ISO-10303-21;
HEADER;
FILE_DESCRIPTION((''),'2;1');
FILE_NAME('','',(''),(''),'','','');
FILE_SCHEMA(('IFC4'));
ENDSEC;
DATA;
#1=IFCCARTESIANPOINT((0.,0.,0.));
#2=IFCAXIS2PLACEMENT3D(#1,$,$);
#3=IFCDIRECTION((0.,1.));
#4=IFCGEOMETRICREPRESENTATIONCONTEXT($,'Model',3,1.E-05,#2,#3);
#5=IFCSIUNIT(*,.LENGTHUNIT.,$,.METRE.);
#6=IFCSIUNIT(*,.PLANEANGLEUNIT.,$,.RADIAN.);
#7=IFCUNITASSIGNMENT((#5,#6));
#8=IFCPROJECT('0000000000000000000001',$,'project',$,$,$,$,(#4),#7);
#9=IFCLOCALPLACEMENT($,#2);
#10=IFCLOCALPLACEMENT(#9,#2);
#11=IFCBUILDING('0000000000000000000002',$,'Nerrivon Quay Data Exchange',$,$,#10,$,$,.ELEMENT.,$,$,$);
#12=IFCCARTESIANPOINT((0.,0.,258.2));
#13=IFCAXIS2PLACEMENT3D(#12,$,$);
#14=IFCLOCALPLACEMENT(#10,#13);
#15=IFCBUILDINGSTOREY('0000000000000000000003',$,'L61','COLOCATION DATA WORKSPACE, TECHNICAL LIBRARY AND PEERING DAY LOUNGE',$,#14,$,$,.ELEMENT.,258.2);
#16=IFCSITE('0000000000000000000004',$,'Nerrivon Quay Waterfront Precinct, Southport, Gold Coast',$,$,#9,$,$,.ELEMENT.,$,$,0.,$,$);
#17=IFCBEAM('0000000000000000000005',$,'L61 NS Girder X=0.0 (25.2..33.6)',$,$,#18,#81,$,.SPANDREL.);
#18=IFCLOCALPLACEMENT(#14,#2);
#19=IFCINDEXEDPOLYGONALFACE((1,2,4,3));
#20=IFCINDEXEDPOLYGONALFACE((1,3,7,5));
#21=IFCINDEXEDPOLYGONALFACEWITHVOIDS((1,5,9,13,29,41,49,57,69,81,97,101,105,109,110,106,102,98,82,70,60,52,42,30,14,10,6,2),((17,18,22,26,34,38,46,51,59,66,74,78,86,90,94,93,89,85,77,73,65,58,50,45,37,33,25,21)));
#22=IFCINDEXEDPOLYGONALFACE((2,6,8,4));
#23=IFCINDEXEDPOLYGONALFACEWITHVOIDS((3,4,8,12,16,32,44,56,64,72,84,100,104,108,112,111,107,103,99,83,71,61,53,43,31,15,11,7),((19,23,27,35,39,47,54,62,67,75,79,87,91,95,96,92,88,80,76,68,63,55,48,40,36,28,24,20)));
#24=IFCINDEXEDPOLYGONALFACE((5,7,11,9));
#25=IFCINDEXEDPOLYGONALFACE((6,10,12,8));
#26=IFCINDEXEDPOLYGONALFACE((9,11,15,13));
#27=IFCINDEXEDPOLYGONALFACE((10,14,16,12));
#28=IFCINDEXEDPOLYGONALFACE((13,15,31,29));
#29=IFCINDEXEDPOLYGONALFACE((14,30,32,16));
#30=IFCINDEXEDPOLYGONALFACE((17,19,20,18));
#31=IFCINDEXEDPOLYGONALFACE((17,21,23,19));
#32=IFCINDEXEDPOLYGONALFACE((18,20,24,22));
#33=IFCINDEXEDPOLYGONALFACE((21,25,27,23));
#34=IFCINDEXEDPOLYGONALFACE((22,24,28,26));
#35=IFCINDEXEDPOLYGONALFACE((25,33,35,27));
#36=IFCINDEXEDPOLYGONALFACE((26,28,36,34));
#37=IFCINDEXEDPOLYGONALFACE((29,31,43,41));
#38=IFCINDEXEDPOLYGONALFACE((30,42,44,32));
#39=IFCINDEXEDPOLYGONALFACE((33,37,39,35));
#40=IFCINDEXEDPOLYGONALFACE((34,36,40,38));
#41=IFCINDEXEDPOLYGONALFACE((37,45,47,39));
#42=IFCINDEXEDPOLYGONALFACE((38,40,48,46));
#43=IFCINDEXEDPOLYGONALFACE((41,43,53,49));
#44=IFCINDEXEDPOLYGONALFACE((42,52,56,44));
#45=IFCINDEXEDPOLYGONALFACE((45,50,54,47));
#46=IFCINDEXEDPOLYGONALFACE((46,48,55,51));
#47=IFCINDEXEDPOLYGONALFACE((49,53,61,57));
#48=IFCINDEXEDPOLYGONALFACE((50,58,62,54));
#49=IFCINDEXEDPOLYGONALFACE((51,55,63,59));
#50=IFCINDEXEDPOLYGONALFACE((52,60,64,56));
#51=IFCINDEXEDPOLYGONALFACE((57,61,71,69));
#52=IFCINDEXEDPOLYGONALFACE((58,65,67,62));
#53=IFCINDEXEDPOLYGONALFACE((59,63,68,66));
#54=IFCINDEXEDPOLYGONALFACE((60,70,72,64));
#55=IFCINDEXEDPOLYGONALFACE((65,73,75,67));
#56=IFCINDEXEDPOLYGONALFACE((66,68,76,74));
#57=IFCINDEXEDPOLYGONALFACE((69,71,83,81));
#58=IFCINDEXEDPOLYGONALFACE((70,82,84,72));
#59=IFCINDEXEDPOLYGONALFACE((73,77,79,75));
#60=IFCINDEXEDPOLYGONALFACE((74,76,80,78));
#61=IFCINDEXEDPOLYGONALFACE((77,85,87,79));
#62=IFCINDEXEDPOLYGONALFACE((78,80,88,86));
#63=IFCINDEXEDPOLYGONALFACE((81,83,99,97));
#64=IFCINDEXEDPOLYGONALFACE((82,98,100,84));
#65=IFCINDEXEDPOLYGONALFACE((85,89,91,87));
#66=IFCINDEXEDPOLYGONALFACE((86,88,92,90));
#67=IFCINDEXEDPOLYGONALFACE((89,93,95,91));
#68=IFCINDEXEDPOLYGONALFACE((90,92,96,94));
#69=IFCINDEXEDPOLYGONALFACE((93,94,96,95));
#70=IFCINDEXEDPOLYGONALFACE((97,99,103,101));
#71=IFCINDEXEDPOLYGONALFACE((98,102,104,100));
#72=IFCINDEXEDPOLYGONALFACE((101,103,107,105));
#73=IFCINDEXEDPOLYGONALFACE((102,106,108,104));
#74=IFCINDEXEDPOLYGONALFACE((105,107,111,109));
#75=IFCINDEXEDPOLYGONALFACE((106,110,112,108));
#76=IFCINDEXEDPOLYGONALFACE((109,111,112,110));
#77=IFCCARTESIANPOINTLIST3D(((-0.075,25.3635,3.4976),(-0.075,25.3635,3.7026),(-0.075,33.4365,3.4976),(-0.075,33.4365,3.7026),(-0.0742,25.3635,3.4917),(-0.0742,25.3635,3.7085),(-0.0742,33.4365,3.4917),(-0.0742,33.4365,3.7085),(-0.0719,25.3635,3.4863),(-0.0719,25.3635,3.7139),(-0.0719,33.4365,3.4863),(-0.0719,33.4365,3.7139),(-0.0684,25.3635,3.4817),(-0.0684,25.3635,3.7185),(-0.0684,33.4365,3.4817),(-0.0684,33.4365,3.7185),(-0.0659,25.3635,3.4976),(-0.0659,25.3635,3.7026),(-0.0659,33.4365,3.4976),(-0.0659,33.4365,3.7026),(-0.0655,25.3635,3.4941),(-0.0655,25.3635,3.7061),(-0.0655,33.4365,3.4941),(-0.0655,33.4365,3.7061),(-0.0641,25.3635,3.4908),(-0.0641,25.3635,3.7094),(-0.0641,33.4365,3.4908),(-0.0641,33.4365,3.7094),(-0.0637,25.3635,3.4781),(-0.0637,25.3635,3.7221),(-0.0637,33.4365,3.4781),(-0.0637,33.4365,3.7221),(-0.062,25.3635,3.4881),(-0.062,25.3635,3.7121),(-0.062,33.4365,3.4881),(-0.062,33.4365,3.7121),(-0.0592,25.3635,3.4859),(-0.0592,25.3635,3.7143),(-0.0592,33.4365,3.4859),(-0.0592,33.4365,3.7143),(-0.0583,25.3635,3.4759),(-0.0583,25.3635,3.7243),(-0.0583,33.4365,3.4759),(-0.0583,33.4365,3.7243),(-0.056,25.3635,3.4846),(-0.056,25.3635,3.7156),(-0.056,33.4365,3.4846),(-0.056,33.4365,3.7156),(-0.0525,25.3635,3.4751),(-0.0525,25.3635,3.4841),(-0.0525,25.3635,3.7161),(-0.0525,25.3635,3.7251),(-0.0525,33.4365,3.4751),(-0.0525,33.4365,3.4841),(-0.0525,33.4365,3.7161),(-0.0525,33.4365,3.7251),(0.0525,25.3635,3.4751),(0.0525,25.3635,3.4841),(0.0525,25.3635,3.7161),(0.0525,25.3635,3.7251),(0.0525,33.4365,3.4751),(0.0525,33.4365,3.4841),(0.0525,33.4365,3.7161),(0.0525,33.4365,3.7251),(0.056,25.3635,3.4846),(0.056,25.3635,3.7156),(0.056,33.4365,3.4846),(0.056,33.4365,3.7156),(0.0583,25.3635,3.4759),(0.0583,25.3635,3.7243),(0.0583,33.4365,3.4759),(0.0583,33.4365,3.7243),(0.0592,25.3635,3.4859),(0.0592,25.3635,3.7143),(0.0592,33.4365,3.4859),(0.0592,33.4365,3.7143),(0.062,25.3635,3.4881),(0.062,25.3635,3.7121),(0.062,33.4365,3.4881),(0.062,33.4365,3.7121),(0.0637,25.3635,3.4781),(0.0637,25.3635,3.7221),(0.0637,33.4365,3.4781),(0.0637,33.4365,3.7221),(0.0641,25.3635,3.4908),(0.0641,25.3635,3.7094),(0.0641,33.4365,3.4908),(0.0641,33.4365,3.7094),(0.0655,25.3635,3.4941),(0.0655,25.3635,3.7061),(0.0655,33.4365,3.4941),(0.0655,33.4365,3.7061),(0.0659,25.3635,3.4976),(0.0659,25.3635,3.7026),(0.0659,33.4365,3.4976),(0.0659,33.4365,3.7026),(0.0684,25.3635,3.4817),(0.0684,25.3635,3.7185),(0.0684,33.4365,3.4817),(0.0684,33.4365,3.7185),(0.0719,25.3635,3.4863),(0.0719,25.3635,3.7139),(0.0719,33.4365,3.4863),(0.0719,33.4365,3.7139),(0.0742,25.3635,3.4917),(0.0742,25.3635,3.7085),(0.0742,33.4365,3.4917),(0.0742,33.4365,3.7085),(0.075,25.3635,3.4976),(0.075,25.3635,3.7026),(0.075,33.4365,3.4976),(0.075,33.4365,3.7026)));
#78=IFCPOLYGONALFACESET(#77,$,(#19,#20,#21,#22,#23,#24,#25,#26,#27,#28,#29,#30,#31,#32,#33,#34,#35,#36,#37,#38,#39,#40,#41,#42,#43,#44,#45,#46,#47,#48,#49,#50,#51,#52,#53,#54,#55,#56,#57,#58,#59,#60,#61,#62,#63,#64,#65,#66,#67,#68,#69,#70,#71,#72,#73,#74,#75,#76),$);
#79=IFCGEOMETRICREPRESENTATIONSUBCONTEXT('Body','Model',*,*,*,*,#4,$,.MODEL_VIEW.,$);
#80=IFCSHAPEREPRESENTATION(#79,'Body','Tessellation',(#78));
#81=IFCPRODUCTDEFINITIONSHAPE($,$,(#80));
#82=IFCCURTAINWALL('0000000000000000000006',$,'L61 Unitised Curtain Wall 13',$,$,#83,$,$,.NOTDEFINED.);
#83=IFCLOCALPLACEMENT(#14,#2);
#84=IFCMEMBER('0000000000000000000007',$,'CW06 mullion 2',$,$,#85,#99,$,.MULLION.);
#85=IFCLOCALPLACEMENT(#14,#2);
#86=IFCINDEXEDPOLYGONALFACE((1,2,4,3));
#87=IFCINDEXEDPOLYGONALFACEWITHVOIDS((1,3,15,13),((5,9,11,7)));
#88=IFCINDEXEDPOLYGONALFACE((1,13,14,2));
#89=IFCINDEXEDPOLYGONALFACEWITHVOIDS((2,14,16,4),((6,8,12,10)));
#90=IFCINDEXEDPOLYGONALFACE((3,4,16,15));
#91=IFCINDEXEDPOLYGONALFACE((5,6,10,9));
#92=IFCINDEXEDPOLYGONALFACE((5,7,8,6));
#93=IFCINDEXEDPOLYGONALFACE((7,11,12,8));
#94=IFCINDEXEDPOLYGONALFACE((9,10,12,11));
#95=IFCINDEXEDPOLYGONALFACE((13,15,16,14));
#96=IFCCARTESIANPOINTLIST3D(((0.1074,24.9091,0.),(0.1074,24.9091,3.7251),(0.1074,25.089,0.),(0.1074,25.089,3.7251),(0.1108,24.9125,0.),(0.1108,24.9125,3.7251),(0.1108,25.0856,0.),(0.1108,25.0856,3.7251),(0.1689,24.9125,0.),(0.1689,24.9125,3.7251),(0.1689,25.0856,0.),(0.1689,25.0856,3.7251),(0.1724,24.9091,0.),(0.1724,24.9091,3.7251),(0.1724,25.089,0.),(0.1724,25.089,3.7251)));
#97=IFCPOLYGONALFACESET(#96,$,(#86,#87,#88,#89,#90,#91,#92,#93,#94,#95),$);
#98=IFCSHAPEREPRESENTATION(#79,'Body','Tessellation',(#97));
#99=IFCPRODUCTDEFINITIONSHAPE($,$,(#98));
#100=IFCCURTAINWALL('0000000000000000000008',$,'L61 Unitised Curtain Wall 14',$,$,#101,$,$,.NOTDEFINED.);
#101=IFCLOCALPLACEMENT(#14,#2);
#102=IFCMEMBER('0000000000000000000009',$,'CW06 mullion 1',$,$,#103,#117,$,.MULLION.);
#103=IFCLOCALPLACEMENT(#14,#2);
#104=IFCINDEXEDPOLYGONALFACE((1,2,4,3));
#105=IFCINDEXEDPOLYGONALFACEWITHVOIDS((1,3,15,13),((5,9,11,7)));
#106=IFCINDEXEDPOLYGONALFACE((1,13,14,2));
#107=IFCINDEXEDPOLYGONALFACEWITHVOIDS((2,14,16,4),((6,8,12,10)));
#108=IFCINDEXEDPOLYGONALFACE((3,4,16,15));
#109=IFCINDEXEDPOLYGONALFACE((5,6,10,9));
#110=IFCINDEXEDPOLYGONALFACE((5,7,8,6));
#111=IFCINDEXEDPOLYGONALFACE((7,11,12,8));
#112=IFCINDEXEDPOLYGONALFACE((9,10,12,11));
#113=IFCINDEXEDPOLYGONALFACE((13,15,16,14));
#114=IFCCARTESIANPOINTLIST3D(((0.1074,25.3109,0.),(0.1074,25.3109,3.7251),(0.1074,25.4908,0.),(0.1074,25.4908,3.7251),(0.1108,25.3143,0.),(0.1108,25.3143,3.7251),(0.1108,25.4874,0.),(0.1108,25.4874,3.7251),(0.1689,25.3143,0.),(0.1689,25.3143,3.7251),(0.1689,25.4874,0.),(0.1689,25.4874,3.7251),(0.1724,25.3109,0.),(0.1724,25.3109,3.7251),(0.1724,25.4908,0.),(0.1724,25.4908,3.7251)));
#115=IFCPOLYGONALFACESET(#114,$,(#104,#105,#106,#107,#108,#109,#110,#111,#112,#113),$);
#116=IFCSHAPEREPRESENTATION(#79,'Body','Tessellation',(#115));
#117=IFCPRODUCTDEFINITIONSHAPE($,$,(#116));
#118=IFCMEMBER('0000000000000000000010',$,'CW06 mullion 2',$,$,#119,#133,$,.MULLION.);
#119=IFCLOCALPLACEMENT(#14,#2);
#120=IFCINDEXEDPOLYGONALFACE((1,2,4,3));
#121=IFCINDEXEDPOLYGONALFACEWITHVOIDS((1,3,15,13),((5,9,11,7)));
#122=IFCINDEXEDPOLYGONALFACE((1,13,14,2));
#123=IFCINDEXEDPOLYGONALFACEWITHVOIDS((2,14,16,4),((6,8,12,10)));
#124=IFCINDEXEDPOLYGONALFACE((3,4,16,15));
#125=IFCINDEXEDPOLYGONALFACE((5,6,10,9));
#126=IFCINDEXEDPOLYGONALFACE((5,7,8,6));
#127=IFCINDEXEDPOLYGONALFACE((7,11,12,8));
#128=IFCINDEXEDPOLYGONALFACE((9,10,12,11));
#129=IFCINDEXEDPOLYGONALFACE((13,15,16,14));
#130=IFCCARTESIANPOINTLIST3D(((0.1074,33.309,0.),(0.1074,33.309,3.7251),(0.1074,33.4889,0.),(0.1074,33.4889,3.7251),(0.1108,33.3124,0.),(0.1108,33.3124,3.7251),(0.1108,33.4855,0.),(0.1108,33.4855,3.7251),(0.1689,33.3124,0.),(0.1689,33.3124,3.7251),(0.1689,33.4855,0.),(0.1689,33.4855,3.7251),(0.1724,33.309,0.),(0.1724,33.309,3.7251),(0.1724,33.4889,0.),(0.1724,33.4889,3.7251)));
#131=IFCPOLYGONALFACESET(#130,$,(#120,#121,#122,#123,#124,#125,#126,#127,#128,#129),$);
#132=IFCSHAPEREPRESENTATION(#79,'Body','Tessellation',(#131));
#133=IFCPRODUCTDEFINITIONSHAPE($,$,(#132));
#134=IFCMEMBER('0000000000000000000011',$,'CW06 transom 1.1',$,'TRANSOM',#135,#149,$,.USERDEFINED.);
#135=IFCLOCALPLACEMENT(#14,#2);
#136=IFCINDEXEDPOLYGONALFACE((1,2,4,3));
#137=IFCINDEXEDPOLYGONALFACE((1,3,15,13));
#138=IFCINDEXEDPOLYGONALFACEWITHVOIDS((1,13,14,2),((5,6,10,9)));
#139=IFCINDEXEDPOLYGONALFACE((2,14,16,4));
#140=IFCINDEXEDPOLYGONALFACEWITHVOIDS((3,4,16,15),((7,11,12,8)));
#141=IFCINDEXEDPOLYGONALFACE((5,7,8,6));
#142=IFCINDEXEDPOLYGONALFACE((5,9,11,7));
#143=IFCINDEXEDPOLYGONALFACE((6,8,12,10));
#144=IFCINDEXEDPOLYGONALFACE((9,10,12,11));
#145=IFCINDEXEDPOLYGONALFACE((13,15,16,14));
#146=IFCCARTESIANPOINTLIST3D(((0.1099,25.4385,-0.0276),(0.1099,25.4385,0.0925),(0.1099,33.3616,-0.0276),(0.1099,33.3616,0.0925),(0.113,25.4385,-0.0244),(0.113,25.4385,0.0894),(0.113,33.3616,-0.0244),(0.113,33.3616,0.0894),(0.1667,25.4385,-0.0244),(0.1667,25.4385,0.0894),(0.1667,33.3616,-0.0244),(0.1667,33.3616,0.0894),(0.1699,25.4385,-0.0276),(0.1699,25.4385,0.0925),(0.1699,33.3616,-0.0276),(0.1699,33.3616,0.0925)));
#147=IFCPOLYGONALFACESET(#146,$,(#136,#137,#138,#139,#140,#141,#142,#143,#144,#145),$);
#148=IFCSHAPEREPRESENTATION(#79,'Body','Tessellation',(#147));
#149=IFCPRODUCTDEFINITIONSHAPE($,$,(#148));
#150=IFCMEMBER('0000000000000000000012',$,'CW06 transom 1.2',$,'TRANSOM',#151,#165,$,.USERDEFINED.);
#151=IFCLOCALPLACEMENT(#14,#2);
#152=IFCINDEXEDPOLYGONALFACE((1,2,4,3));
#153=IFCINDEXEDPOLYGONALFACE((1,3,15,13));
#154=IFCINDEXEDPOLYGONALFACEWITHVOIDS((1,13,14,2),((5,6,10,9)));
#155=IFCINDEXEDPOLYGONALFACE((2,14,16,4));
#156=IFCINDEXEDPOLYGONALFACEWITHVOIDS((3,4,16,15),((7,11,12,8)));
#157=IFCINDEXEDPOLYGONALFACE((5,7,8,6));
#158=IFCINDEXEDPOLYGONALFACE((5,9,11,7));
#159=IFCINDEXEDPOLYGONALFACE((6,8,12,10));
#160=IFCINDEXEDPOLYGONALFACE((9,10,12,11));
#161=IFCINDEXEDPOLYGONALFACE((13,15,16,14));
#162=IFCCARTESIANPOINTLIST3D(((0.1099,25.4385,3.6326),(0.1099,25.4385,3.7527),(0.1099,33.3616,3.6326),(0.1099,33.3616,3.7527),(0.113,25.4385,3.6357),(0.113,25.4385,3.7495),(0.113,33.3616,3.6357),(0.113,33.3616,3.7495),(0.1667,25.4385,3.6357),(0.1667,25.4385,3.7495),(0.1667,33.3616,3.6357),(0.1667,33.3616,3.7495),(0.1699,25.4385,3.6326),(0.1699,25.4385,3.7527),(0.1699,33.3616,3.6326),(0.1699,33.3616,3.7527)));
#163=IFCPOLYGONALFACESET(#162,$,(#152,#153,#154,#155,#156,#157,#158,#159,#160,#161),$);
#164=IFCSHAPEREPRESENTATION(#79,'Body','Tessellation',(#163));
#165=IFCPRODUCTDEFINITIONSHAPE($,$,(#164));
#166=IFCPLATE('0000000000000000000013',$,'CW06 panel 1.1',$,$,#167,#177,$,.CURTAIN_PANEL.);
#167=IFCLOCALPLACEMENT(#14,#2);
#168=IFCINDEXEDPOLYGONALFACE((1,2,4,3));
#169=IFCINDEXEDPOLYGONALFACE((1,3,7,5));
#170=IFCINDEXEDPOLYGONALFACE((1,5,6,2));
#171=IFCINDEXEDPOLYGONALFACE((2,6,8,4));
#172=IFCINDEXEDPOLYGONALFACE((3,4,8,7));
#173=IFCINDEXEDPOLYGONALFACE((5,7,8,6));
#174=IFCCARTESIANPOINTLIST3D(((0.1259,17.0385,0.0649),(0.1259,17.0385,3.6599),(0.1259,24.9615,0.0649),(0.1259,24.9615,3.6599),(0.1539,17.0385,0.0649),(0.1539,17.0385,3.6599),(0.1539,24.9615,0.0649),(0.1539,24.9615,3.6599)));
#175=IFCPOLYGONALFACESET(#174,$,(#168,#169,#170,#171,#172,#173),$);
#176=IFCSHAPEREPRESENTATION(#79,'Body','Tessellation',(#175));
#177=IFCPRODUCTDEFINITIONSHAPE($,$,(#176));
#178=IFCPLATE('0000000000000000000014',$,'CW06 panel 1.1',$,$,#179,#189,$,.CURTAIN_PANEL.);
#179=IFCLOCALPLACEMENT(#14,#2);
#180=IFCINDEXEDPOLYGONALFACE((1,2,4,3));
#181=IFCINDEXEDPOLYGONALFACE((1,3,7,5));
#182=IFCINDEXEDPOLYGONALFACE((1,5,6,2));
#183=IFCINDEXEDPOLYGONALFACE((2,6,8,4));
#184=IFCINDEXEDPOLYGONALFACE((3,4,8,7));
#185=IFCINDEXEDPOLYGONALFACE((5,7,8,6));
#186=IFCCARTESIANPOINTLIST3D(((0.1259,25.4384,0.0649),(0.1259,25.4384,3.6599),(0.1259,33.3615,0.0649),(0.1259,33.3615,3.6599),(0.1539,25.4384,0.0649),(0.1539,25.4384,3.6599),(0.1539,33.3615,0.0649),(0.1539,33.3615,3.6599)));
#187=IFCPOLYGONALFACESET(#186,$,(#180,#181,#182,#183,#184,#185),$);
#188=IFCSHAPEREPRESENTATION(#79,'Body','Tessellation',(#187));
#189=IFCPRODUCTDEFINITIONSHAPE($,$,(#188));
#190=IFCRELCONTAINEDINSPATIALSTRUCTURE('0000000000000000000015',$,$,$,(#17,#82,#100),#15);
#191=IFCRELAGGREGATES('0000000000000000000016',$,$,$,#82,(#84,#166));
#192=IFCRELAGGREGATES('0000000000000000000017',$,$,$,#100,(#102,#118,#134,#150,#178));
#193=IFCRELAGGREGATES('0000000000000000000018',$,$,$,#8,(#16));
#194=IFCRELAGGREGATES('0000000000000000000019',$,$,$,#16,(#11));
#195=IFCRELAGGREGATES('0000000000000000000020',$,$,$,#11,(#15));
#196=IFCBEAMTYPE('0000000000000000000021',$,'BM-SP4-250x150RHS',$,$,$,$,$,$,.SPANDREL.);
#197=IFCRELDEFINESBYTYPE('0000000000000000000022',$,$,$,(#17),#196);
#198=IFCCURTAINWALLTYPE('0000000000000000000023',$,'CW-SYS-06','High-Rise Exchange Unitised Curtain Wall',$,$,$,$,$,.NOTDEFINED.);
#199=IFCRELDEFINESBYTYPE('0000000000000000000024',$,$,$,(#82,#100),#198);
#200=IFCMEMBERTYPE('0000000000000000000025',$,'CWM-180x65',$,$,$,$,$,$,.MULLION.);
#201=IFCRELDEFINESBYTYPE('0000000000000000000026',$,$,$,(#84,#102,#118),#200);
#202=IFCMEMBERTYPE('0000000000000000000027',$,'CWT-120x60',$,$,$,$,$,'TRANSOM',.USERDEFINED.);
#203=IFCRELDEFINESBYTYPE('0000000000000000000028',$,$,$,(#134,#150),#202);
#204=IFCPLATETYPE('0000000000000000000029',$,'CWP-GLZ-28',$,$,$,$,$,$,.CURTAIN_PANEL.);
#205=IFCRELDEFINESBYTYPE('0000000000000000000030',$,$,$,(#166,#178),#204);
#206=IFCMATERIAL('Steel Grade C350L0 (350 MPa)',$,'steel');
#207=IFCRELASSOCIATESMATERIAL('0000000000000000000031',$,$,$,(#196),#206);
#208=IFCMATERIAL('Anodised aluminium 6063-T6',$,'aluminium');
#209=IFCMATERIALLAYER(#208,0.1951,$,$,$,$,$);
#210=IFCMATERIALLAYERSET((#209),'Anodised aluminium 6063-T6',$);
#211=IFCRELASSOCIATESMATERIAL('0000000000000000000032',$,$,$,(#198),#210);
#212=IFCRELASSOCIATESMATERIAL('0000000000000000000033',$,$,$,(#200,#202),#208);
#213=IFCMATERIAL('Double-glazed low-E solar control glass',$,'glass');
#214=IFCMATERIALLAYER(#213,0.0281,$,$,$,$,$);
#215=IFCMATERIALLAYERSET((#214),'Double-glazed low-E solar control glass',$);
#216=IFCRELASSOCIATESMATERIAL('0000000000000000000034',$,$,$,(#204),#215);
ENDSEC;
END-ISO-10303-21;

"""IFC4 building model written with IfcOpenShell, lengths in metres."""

from ifc_helpers import new_model, si_unit, direction, frame, origin, origin_2d, place, context, subcontext, project, spatial, rectangle, hollow_rectangle, extrude, material, layer, layer_set, material_profile, profile_set, type_object, element, aggregate, save


model = new_model("IFC4")

# Units and contexts
model_context = context("Model", 3, precision=1e-05, world=origin(), true_north=direction((0.0, 1.0)))
body_context = subcontext(model_context, "Body", "Model", "MODEL_VIEW")
ifc_project = project(units=[si_unit("LENGTHUNIT", "METRE"), si_unit("PLANEANGLEUNIT", "RADIAN")], contexts=[model_context])

# Site, building, storey
site_placement = place(None, origin())
site = spatial("IfcSite", under=ifc_project, at=site_placement, Name="Nerrivon Quay Waterfront Precinct, Southport, Gold Coast", CompositionType="ELEMENT", RefElevation=0.0)
building_placement = place(site_placement, origin())
building = spatial("IfcBuilding", under=site, at=building_placement, Name="Nerrivon Quay Data Exchange", CompositionType="ELEMENT")
storey_placement = place(building_placement, frame((0.0, 0.0, 258.2)))
storey = spatial("IfcBuildingStorey", under=building, at=storey_placement, Name="L61", Description="COLOCATION DATA WORKSPACE, TECHNICAL LIBRARY AND PEERING DAY LOUNGE", CompositionType="ELEMENT", Elevation=258.2)

# Beam
ifc_material_1 = material(Name="Steel Grade C350L0 (350 MPa)", Category="steel")
ifc_material_profile_1 = material_profile(ifc_material_1, hollow_rectangle(XDim=0.1499, YDim=0.25, WallThickness=0.009, InnerFilletRadius=0.0134, OuterFilletRadius=0.0225, at=origin_2d()), Name="250x150x9.0RHS")
ifc_profile_set_1 = profile_set([ifc_material_profile_1], Name="Steel Grade C350L0 (350 MPa)")
beam_type_1 = type_object("IfcBeamType", Name="BM-SP4-250x150RHS", PredefinedType="SPANDREL", material=ifc_profile_set_1)
beam_1_placement = place(storey_placement, frame((0.0, 25.3635, 3.6001), z_axis=(0.0, 1.0, 0.0), x_axis=(-1.0, 0.0, 0.0)))
element("IfcBeam", 1, at=beam_1_placement, inside=storey, type_object=beam_type_1, Name="L61 NS Girder X=0.0 (25.2..33.6)", PredefinedType="SPANDREL", context=body_context, shape_type="SweptSolid", body=[
    extrude(hollow_rectangle(XDim=0.1499, YDim=0.25, WallThickness=0.009, InnerFilletRadius=0.0134, OuterFilletRadius=0.0225, at=origin_2d()), origin(), (0.0, 0.0, 1.0), 8.073),
])

# Curtain wall, member
ifc_material_2 = material(Name="Anodised aluminium 6063-T6", Category="aluminium")
ifc_layer_1 = layer(ifc_material_2, 0.1951)
ifc_layer_set_1 = layer_set([ifc_layer_1], Name="Anodised aluminium 6063-T6")
curtain_wall_type = type_object("IfcCurtainWallType", Name="CW-SYS-06", Description="High-Rise Exchange Unitised Curtain Wall", PredefinedType="NOTDEFINED", material=ifc_layer_set_1)
curtain_wall_1_placement = place(storey_placement, origin())
curtain_wall_1 = element("IfcCurtainWall", 2, at=curtain_wall_1_placement, inside=storey, type_object=curtain_wall_type, Name="L61 Unitised Curtain Wall 13", PredefinedType="NOTDEFINED")
ifc_material_profile_2 = material_profile(ifc_material_2, hollow_rectangle(XDim=0.0649, YDim=0.1799, WallThickness=0.0034, at=origin_2d()), Name="ALU-MULL-180x65")
ifc_profile_set_2 = profile_set([ifc_material_profile_2], Name="Anodised aluminium 6063-T6")
member_type_1 = type_object("IfcMemberType", Name="CWM-180x65", PredefinedType="MULLION", material=ifc_profile_set_2)
member_1_placement = place(storey_placement, frame((0.1399, 24.999, 0.0), z_axis=(0.0, 0.0, 1.0), x_axis=(-1.0, 0.0, 0.0)))
member_1 = element("IfcMember", 3, at=member_1_placement, type_object=member_type_1, Name="CW06 mullion 2", PredefinedType="MULLION", context=body_context, shape_type="SweptSolid", body=[
    extrude(hollow_rectangle(XDim=0.0649, YDim=0.1799, WallThickness=0.0034, at=origin_2d()), origin(), (0.0, 0.0, 1.0), 3.7251),
])

# Curtain wall, members
curtain_wall_2_placement = place(storey_placement, origin())
curtain_wall_2 = element("IfcCurtainWall", 4, at=curtain_wall_2_placement, inside=storey, type_object=curtain_wall_type, Name="L61 Unitised Curtain Wall 14", PredefinedType="NOTDEFINED")
member_2_placement = place(storey_placement, frame((0.1399, 25.4009, 0.0), z_axis=(0.0, 0.0, 1.0), x_axis=(-1.0, 0.0, 0.0)))
member_2 = element("IfcMember", 5, at=member_2_placement, type_object=member_type_1, Name="CW06 mullion 1", PredefinedType="MULLION", context=body_context, shape_type="SweptSolid", body=[
    extrude(hollow_rectangle(XDim=0.0649, YDim=0.1799, WallThickness=0.0034, at=origin_2d()), origin(), (0.0, 0.0, 1.0), 3.7251),
])
member_3_placement = place(storey_placement, frame((0.1399, 33.3989, 0.0), z_axis=(0.0, 0.0, 1.0), x_axis=(-1.0, 0.0, 0.0)))
member_3 = element("IfcMember", 6, at=member_3_placement, type_object=member_type_1, Name="CW06 mullion 2", PredefinedType="MULLION", context=body_context, shape_type="SweptSolid", body=[
    extrude(hollow_rectangle(XDim=0.0649, YDim=0.1799, WallThickness=0.0034, at=origin_2d()), origin(), (0.0, 0.0, 1.0), 3.7251),
])
ifc_material_profile_3 = material_profile(ifc_material_2, hollow_rectangle(XDim=0.0601, YDim=0.1201, WallThickness=0.0032, at=origin_2d()), Name="ALU-TRAN-120x60")
ifc_profile_set_3 = profile_set([ifc_material_profile_3], Name="Anodised aluminium 6063-T6")
member_type_2 = type_object("IfcMemberType", Name="CWT-120x60", ElementType="TRANSOM", PredefinedType="USERDEFINED", material=ifc_profile_set_3)
member_4_placement = place(storey_placement, frame((0.1399, 25.4385, 0.0325), z_axis=(0.0, 1.0, 0.0), x_axis=(-1.0, 0.0, 0.0)))
member_4 = element("IfcMember", 7, at=member_4_placement, type_object=member_type_2, Name="CW06 transom 1.1", ObjectType="TRANSOM", PredefinedType="USERDEFINED", context=body_context, shape_type="SweptSolid", body=[
    extrude(hollow_rectangle(XDim=0.0601, YDim=0.1201, WallThickness=0.0032, at=origin_2d()), origin(), (0.0, 0.0, 1.0), 7.9231),
])
member_5_placement = place(storey_placement, frame((0.1399, 25.4385, 3.6926), z_axis=(0.0, 1.0, 0.0), x_axis=(-1.0, 0.0, 0.0)))
member_5 = element("IfcMember", 8, at=member_5_placement, type_object=member_type_2, Name="CW06 transom 1.2", ObjectType="TRANSOM", PredefinedType="USERDEFINED", context=body_context, shape_type="SweptSolid", body=[
    extrude(hollow_rectangle(XDim=0.0601, YDim=0.1201, WallThickness=0.0032, at=origin_2d()), origin(), (0.0, 0.0, 1.0), 7.9231),
])

# Plates
ifc_material_3 = material(Name="Double-glazed low-E solar control glass", Category="glass")
ifc_layer_2 = layer(ifc_material_3, 0.0281)
ifc_layer_set_2 = layer_set([ifc_layer_2], Name="Double-glazed low-E solar control glass")
plate_type = type_object("IfcPlateType", Name="CWP-GLZ-28", PredefinedType="CURTAIN_PANEL", material=ifc_layer_set_2)
plate_1_placement = place(storey_placement, frame((0.1399, 21.0, 0.0649), z_axis=(0.0, 0.0, 1.0), x_axis=(0.0, 1.0, 0.0)))
plate_1 = element("IfcPlate", 9, at=plate_1_placement, type_object=plate_type, Name="CW06 panel 1.1", PredefinedType="CURTAIN_PANEL", context=body_context, shape_type="SweptSolid", body=[
    extrude(rectangle(XDim=7.9231, YDim=0.0281, at=origin_2d()), origin(), (0.0, 0.0, 1.0), 3.595),
])
aggregate(curtain_wall_1, [member_1, plate_1])
plate_2_placement = place(storey_placement, frame((0.1399, 29.3999, 0.0649), z_axis=(0.0, 0.0, 1.0), x_axis=(0.0, 1.0, 0.0)))
plate_2 = element("IfcPlate", 10, at=plate_2_placement, type_object=plate_type, Name="CW06 panel 1.1", PredefinedType="CURTAIN_PANEL", context=body_context, shape_type="SweptSolid", body=[
    extrude(rectangle(XDim=7.9231, YDim=0.0281, at=origin_2d()), origin(), (0.0, 0.0, 1.0), 3.595),
])
aggregate(curtain_wall_2, [member_2, member_3, member_4, member_5, plate_2])

save(model, "model.ifc")
